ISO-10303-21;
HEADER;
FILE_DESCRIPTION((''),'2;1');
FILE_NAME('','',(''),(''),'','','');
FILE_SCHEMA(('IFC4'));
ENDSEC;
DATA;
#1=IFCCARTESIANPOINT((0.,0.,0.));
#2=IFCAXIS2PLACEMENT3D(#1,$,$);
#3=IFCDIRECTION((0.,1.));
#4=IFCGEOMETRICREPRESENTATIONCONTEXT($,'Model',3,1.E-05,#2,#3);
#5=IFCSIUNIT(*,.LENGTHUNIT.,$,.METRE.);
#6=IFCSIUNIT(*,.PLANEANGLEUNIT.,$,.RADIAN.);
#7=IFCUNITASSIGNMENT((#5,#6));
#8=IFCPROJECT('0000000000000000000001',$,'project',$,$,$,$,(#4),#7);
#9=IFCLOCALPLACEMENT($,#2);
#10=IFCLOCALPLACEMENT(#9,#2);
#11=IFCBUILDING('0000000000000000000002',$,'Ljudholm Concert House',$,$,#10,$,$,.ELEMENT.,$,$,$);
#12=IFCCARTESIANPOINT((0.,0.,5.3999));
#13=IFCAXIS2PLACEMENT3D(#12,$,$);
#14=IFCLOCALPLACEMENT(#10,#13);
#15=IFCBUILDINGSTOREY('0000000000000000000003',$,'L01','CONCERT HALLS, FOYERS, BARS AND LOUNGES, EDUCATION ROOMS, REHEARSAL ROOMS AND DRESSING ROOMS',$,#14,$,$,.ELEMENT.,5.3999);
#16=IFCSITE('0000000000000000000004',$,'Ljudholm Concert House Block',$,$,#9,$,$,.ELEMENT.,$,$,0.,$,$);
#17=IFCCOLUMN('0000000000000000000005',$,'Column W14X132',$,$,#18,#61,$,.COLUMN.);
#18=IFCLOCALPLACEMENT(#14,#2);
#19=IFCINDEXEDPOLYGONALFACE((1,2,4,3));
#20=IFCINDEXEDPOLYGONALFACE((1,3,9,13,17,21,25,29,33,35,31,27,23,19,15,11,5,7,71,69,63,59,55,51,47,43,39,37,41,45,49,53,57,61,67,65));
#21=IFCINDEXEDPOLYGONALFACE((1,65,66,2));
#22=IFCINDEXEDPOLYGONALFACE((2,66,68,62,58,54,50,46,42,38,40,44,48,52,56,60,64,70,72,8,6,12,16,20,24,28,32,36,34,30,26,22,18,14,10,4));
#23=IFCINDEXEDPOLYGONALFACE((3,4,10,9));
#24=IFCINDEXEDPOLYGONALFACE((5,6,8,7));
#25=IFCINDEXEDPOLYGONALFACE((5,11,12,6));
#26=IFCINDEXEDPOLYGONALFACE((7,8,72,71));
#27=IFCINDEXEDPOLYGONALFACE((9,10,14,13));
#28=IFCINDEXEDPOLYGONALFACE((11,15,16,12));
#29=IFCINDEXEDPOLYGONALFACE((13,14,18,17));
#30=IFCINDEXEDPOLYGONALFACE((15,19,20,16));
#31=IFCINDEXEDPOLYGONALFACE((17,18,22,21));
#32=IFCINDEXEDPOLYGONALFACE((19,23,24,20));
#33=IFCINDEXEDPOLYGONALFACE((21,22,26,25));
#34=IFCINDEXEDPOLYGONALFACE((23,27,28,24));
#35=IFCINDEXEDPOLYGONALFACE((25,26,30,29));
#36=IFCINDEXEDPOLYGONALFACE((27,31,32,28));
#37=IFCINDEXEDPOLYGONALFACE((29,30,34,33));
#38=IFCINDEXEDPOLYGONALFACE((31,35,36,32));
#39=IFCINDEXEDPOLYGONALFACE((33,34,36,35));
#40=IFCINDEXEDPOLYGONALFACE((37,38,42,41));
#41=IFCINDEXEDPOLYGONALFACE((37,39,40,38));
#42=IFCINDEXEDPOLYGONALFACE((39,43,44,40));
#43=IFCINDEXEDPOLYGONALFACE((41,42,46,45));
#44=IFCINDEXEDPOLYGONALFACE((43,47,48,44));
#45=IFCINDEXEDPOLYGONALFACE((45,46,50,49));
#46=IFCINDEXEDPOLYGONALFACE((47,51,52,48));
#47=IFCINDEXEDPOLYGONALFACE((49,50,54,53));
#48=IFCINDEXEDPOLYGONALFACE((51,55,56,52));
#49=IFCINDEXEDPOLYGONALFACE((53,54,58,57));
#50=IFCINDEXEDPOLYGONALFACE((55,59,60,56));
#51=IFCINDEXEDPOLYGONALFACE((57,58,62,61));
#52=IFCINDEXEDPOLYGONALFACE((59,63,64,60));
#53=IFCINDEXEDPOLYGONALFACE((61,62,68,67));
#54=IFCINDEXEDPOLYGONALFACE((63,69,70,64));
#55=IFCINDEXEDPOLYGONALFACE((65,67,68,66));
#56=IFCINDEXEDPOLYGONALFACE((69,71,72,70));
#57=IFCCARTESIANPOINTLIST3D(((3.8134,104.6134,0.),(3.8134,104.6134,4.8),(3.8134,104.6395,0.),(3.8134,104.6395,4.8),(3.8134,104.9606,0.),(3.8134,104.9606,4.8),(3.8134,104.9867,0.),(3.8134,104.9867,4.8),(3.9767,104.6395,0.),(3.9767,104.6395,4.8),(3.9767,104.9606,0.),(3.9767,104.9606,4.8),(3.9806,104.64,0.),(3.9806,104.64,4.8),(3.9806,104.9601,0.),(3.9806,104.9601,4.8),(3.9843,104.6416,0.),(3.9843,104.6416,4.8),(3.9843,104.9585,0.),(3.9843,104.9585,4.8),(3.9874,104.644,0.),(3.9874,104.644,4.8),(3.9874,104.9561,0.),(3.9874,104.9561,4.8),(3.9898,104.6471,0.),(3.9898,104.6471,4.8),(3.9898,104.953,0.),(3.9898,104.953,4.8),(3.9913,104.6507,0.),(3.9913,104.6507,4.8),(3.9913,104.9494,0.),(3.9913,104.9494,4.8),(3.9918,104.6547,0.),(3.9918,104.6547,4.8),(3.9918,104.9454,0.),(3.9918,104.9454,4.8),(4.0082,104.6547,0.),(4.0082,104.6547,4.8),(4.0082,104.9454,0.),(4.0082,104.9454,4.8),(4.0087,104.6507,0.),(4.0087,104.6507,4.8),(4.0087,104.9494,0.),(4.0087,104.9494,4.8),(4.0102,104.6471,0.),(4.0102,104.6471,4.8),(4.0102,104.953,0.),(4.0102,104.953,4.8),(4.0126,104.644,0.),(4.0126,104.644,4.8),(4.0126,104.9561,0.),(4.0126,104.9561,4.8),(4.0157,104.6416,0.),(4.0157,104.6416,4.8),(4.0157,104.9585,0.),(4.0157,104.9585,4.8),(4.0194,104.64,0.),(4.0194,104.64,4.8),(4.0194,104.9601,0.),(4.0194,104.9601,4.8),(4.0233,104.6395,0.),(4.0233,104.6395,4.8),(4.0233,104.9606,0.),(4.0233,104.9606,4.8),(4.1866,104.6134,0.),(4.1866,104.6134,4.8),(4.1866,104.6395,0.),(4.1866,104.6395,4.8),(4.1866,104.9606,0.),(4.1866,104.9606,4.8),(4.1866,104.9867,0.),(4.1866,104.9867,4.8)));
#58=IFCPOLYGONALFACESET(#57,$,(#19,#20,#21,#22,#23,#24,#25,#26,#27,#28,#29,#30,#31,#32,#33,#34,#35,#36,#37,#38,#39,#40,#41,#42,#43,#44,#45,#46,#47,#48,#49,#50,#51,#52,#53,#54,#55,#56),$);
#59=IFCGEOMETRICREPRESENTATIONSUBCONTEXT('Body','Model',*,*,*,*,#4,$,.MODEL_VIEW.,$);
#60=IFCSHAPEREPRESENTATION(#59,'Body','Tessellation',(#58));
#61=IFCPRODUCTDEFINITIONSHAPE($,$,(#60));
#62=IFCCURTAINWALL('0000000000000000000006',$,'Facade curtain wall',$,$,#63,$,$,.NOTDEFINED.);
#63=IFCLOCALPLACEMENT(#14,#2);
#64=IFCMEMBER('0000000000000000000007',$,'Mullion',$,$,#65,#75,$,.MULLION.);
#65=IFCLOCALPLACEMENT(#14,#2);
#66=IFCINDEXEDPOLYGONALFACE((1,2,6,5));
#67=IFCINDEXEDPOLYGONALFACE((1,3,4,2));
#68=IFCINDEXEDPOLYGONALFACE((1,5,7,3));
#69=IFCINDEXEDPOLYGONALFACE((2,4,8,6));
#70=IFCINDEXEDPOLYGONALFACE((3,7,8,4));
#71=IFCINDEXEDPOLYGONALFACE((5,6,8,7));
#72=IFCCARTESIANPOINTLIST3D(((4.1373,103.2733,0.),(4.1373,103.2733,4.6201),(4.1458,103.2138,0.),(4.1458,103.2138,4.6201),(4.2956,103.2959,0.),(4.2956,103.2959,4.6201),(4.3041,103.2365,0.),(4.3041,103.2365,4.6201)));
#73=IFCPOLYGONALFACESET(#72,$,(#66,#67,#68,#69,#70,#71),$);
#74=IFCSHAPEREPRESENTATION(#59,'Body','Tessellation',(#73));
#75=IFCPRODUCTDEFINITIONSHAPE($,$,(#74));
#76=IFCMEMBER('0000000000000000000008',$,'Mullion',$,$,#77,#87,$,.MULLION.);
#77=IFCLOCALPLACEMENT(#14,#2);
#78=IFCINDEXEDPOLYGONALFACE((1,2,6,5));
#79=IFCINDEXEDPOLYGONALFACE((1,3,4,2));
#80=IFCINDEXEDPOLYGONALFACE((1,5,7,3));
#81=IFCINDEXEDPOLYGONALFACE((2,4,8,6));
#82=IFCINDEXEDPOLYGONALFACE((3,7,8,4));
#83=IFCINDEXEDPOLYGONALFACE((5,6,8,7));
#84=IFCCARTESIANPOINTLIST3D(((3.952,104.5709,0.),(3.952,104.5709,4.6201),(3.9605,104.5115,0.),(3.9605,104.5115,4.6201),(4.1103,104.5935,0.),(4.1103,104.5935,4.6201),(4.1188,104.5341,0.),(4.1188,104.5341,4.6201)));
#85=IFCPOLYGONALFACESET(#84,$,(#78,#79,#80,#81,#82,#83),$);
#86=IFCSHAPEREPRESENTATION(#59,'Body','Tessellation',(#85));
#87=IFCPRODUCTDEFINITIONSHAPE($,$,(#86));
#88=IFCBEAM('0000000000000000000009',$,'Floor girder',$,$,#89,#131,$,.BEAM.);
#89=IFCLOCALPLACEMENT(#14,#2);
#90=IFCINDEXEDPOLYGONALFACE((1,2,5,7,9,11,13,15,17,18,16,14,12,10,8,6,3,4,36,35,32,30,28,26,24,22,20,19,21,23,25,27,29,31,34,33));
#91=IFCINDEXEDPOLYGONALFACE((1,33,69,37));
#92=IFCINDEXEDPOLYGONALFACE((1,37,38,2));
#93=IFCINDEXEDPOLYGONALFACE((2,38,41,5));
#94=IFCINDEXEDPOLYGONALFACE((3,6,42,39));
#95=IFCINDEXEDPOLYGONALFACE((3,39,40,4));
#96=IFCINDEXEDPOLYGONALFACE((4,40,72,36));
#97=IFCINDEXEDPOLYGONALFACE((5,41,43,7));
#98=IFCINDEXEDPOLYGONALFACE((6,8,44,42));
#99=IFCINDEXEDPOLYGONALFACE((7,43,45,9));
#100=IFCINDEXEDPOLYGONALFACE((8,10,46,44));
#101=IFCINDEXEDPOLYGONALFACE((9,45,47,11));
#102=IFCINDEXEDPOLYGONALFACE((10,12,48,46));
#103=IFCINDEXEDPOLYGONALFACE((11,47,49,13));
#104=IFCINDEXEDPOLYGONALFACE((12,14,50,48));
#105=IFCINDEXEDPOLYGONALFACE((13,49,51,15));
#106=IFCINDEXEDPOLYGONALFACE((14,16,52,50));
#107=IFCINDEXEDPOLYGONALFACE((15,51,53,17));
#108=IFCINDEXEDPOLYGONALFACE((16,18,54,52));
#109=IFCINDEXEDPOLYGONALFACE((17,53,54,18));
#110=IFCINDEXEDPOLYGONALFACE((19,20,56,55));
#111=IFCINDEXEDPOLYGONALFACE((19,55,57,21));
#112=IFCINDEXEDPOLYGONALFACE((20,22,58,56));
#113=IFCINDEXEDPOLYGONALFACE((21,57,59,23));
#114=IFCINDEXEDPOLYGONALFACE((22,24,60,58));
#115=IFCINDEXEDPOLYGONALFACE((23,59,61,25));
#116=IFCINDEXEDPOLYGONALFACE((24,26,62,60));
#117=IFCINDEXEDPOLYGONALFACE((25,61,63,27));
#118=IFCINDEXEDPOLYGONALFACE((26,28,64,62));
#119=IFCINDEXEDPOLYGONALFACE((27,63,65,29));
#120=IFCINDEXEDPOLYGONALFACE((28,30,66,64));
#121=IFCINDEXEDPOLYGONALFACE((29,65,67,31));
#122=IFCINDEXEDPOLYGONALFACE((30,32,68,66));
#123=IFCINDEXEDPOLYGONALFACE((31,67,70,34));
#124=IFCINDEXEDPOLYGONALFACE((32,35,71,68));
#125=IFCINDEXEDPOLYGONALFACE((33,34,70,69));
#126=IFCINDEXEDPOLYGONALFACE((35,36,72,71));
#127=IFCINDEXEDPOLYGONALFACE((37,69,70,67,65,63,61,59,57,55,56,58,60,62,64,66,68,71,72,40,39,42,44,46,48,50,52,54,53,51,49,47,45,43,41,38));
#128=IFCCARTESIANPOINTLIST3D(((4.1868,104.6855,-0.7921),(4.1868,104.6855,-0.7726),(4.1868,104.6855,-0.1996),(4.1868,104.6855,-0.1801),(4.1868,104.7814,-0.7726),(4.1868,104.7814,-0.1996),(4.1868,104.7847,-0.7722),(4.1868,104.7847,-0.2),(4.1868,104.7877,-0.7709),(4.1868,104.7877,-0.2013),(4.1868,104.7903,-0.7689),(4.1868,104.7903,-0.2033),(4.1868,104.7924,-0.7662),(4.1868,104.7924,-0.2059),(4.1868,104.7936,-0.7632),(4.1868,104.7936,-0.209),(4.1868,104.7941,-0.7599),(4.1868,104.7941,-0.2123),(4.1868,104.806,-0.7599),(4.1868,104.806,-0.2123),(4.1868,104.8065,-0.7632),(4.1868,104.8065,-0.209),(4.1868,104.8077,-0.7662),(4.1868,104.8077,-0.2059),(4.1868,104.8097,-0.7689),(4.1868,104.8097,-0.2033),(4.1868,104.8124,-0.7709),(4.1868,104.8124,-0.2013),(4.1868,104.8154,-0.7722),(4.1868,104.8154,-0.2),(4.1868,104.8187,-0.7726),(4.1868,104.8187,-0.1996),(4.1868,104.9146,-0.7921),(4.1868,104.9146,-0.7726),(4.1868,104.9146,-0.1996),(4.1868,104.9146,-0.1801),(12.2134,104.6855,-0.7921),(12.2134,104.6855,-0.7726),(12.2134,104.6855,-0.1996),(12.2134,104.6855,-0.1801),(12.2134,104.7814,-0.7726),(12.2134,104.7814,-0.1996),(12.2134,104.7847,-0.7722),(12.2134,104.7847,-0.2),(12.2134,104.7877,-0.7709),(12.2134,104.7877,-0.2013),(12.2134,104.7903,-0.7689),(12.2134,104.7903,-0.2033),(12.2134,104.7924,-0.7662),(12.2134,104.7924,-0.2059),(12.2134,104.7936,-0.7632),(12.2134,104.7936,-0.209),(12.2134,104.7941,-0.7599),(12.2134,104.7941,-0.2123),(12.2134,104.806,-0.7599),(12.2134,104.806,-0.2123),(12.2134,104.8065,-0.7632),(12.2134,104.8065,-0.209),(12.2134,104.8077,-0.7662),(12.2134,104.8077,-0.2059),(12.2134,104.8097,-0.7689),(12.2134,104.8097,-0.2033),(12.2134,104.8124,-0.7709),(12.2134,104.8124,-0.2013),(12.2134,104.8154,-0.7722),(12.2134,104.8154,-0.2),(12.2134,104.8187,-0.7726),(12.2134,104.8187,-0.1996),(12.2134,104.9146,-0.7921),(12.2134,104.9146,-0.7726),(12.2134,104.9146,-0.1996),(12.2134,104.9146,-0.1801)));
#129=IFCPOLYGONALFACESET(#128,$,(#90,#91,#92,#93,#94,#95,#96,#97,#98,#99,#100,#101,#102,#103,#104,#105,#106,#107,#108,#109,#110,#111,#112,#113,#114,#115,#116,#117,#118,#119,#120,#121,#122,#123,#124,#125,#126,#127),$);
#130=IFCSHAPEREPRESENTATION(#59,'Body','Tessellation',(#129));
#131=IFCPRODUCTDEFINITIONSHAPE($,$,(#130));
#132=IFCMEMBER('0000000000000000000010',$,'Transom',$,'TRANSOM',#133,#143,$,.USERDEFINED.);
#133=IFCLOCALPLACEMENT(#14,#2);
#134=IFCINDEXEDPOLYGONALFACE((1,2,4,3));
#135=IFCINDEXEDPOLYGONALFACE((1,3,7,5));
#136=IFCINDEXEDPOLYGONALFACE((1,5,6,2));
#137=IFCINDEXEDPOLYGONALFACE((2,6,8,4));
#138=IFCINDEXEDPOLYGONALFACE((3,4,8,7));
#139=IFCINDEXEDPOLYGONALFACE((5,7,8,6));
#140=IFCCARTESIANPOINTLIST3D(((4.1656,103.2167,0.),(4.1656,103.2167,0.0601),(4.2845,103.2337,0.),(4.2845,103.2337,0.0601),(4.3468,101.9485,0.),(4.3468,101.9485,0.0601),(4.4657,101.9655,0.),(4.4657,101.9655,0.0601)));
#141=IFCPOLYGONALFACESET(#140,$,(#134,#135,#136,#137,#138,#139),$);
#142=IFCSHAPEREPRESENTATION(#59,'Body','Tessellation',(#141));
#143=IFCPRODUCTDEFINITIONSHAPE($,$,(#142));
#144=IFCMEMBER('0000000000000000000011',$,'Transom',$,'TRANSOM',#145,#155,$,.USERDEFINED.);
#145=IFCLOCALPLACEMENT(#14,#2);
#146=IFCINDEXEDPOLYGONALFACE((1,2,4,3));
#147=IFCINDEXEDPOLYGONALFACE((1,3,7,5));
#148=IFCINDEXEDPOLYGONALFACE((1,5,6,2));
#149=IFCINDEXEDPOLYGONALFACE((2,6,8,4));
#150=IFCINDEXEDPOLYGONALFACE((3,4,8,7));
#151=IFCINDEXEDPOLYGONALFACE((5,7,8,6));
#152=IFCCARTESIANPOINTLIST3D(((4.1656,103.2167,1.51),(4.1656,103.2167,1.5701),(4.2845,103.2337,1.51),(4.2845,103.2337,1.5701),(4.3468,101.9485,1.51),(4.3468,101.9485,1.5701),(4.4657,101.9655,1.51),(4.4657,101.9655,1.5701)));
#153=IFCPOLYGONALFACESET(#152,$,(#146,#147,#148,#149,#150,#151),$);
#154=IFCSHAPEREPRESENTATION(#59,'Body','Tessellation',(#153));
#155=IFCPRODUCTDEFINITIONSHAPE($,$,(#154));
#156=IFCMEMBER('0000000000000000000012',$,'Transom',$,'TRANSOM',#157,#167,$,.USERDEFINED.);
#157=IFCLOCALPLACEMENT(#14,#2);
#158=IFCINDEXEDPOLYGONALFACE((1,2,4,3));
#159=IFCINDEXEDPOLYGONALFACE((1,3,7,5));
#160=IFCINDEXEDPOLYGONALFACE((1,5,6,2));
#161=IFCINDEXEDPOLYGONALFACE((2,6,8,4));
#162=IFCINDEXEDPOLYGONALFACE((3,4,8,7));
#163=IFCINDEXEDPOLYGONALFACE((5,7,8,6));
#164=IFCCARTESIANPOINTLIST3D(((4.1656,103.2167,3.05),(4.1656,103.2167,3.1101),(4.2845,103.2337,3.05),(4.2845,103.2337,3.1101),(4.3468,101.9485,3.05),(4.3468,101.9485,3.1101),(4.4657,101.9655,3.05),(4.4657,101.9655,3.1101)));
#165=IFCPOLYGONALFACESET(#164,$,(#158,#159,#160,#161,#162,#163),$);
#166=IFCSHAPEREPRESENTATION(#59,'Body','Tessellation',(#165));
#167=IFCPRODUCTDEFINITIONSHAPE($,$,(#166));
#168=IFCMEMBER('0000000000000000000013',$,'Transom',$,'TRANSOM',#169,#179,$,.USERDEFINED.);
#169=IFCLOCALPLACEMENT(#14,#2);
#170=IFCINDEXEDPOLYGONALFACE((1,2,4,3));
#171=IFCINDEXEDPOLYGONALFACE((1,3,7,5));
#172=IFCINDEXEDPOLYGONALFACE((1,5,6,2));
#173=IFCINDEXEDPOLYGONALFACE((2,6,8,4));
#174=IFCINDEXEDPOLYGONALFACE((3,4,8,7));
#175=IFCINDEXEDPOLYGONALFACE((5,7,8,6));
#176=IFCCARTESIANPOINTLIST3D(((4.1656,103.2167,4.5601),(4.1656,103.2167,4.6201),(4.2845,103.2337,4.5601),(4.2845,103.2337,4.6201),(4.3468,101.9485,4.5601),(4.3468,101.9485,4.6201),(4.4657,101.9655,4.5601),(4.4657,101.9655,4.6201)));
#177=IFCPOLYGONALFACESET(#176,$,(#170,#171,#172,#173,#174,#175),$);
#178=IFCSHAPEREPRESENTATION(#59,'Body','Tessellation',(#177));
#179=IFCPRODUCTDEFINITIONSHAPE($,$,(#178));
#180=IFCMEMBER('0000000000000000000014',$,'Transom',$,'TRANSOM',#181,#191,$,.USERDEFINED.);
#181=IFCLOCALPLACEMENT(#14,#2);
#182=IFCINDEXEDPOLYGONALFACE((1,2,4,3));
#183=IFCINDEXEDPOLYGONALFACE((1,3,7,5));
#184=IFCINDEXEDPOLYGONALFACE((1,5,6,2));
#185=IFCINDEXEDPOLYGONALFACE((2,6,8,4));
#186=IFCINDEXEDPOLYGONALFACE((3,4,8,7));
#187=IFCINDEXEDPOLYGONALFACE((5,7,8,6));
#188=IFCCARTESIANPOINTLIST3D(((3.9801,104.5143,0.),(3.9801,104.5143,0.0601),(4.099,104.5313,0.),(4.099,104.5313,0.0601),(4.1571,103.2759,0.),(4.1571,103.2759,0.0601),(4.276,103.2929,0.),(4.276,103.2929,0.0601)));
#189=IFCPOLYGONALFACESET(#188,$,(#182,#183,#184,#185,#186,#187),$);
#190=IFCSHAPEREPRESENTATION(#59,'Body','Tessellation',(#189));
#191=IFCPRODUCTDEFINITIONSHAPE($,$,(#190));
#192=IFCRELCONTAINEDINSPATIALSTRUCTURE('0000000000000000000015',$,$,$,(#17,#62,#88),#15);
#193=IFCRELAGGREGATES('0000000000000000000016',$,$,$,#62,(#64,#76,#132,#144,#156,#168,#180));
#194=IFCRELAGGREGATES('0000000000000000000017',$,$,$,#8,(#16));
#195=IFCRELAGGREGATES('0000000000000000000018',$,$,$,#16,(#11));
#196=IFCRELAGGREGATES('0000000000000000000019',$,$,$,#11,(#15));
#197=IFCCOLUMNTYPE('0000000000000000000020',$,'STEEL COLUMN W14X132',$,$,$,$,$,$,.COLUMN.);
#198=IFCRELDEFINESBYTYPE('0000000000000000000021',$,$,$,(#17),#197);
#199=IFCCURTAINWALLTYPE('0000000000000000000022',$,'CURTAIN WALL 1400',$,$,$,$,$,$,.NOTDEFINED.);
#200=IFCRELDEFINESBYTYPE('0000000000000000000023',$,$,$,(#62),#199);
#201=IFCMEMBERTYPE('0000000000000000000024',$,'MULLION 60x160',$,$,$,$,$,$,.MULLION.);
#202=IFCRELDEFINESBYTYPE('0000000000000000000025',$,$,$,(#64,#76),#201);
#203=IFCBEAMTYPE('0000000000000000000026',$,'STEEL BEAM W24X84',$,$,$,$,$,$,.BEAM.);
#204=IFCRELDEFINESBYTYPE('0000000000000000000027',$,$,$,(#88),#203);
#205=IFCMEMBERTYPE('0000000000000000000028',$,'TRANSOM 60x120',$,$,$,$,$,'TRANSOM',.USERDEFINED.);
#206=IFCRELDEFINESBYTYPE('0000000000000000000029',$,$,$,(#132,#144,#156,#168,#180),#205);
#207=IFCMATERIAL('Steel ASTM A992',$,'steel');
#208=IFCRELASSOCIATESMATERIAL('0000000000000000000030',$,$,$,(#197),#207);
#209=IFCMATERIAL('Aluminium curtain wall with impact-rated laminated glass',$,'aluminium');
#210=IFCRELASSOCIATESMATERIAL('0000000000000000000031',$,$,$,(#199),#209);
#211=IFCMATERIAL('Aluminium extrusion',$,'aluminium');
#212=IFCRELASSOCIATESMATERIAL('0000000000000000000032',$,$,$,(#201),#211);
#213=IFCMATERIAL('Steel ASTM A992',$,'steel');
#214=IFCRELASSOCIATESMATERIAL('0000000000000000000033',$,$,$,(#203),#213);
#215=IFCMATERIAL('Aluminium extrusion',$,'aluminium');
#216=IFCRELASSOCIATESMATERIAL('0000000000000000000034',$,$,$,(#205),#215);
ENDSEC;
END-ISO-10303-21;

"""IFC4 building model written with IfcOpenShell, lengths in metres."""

from ifc_helpers import new_model, si_unit, direction, frame, origin, origin_2d, place, context, subcontext, project, spatial, rectangle, i_section, extrude, material, material_profile, profile_set, type_object, element, aggregate, save


model = new_model("IFC4")

# Units and contexts
model_context = context("Model", 3, precision=1e-05, world=origin(), true_north=direction((0.0, 1.0)))
body_context = subcontext(model_context, "Body", "Model", "MODEL_VIEW")
ifc_project = project(units=[si_unit("LENGTHUNIT", "METRE"), si_unit("PLANEANGLEUNIT", "RADIAN")], contexts=[model_context])

# Site, building, storey
site_placement = place(None, origin())
site = spatial("IfcSite", under=ifc_project, at=site_placement, Name="Ljudholm Concert House Block", CompositionType="ELEMENT", RefElevation=0.0)
building_placement = place(site_placement, origin())
building = spatial("IfcBuilding", under=site, at=building_placement, Name="Ljudholm Concert House", CompositionType="ELEMENT")
storey_placement = place(building_placement, frame((0.0, 0.0, 5.3999)))
storey = spatial("IfcBuildingStorey", under=building, at=storey_placement, Name="L01", Description="CONCERT HALLS, FOYERS, BARS AND LOUNGES, EDUCATION ROOMS, REHEARSAL ROOMS AND DRESSING ROOMS", CompositionType="ELEMENT", Elevation=5.3999)

# Column
ifc_material_1 = material(Name="Steel ASTM A992", Category="steel")
ifc_material_profile_1 = material_profile(ifc_material_1, i_section(OverallWidth=0.3733, OverallDepth=0.3733, WebThickness=0.0164, FlangeThickness=0.0261, FilletRadius=0.0151, at=origin_2d()), Name="W14X132")
ifc_profile_set_1 = profile_set([ifc_material_profile_1], Name="Steel ASTM A992")
column_type = type_object("IfcColumnType", Name="STEEL COLUMN W14X132", PredefinedType="COLUMN", material=ifc_profile_set_1)
column_placement = place(storey_placement, frame((4.0, 104.8, 0.0), z_axis=(0.0, 0.0, 1.0), x_axis=(1.0, 0.0, 0.0)))
element("IfcColumn", 1, at=column_placement, inside=storey, type_object=column_type, Name="Column W14X132", PredefinedType="COLUMN", context=body_context, shape_type="SweptSolid", body=[
    extrude(i_section(OverallWidth=0.3733, OverallDepth=0.3733, WebThickness=0.0164, FlangeThickness=0.0261, FilletRadius=0.0151, at=origin_2d()), origin(), (0.0, 0.0, 1.0), 4.8),
])

# Curtain wall, members
ifc_material_2 = material(Name="Aluminium curtain wall with impact-rated laminated glass", Category="aluminium")
curtain_wall_type = type_object("IfcCurtainWallType", Name="CURTAIN WALL 1400", PredefinedType="NOTDEFINED", material=ifc_material_2)
curtain_wall_placement = place(storey_placement, origin())
curtain_wall = element("IfcCurtainWall", 2, at=curtain_wall_placement, inside=storey, type_object=curtain_wall_type, Name="Facade curtain wall", PredefinedType="NOTDEFINED")
ifc_material_3 = material(Name="Aluminium extrusion", Category="aluminium")
ifc_material_profile_2 = material_profile(ifc_material_3, rectangle(XDim=0.1599, YDim=0.0601, at=origin_2d()), Name="MULLION 60x160")
ifc_profile_set_2 = profile_set([ifc_material_profile_2], Name="Aluminium extrusion")
member_type_1 = type_object("IfcMemberType", Name="MULLION 60x160", PredefinedType="MULLION", material=ifc_profile_set_2)
member_1_placement = place(storey_placement, frame((4.2207, 103.2549, 0.0), z_axis=(0.0, 0.0, 1.0), x_axis=(-0.989949, -0.141421, 0.0)))
member_1 = element("IfcMember", 3, at=member_1_placement, type_object=member_type_1, Name="Mullion", PredefinedType="MULLION", context=body_context, shape_type="SweptSolid", body=[
    extrude(rectangle(XDim=0.1599, YDim=0.0601, at=origin_2d()), origin(), (0.0, 0.0, 1.0), 4.6201),
])
member_2_placement = place(storey_placement, frame((4.0354, 104.5525, 0.0), z_axis=(0.0, 0.0, 1.0), x_axis=(-0.989949, -0.141421, 0.0)))
member_2 = element("IfcMember", 4, at=member_2_placement, type_object=member_type_1, Name="Mullion", PredefinedType="MULLION", context=body_context, shape_type="SweptSolid", body=[
    extrude(rectangle(XDim=0.1599, YDim=0.0601, at=origin_2d()), origin(), (0.0, 0.0, 1.0), 4.6201),
])

# Beam
ifc_material_4 = material(Name="Steel ASTM A992", Category="steel")
ifc_material_profile_3 = material_profile(ifc_material_4, i_section(OverallWidth=0.229, OverallDepth=0.6121, WebThickness=0.012, FlangeThickness=0.0195, FilletRadius=0.0127, at=origin_2d()), Name="W24X84")
ifc_profile_set_3 = profile_set([ifc_material_profile_3], Name="Steel ASTM A992")
beam_type = type_object("IfcBeamType", Name="STEEL BEAM W24X84", PredefinedType="BEAM", material=ifc_profile_set_3)
beam_placement = place(storey_placement, frame((4.1868, 104.8, -0.4861), z_axis=(1.0, 0.0, 0.0), x_axis=(0.0, 1.0, 0.0)))
element("IfcBeam", 5, at=beam_placement, inside=storey, type_object=beam_type, Name="Floor girder", PredefinedType="BEAM", context=body_context, shape_type="SweptSolid", body=[
    extrude(i_section(OverallWidth=0.229, OverallDepth=0.6121, WebThickness=0.012, FlangeThickness=0.0195, FilletRadius=0.0127, at=origin_2d()), origin(), (0.0, 0.0, 1.0), 8.0266),
])

# Members
ifc_material_5 = material(Name="Aluminium extrusion", Category="aluminium")
ifc_material_profile_4 = material_profile(ifc_material_5, rectangle(XDim=0.1201, YDim=0.0601, at=origin_2d()), Name="TRANSOM 60x120")
ifc_profile_set_4 = profile_set([ifc_material_profile_4], Name="Aluminium extrusion")
member_type_2 = type_object("IfcMemberType", Name="TRANSOM 60x120", ElementType="TRANSOM", PredefinedType="USERDEFINED", material=ifc_profile_set_4)
member_3_placement = place(storey_placement, frame((4.4062, 101.957, 0.03), z_axis=(-0.141421, 0.989949, 0.0), x_axis=(-0.989949, -0.141421, 0.0)))
member_3 = element("IfcMember", 6, at=member_3_placement, type_object=member_type_2, Name="Transom", ObjectType="TRANSOM", PredefinedType="USERDEFINED", context=body_context, shape_type="SweptSolid", body=[
    extrude(rectangle(XDim=0.1201, YDim=0.0601, at=origin_2d()), origin(), (0.0, 0.0, 1.0), 1.281),
])
member_4_placement = place(storey_placement, frame((4.4062, 101.957, 1.54), z_axis=(-0.141421, 0.989949, 0.0), x_axis=(-0.989949, -0.141421, 0.0)))
member_4 = element("IfcMember", 7, at=member_4_placement, type_object=member_type_2, Name="Transom", ObjectType="TRANSOM", PredefinedType="USERDEFINED", context=body_context, shape_type="SweptSolid", body=[
    extrude(rectangle(XDim=0.1201, YDim=0.0601, at=origin_2d()), origin(), (0.0, 0.0, 1.0), 1.281),
])
member_5_placement = place(storey_placement, frame((4.4062, 101.957, 3.0801), z_axis=(-0.141421, 0.989949, 0.0), x_axis=(-0.989949, -0.141421, 0.0)))
member_5 = element("IfcMember", 8, at=member_5_placement, type_object=member_type_2, Name="Transom", ObjectType="TRANSOM", PredefinedType="USERDEFINED", context=body_context, shape_type="SweptSolid", body=[
    extrude(rectangle(XDim=0.1201, YDim=0.0601, at=origin_2d()), origin(), (0.0, 0.0, 1.0), 1.281),
])
member_6_placement = place(storey_placement, frame((4.4062, 101.957, 4.5901), z_axis=(-0.141421, 0.989949, 0.0), x_axis=(-0.989949, -0.141421, 0.0)))
member_6 = element("IfcMember", 9, at=member_6_placement, type_object=member_type_2, Name="Transom", ObjectType="TRANSOM", PredefinedType="USERDEFINED", context=body_context, shape_type="SweptSolid", body=[
    extrude(rectangle(XDim=0.1201, YDim=0.0601, at=origin_2d()), origin(), (0.0, 0.0, 1.0), 1.281),
])
member_7_placement = place(storey_placement, frame((4.2166, 103.2844, 0.03), z_axis=(-0.141503, 0.989938, 0.0), x_axis=(-0.989938, -0.141503, 0.0)))
member_7 = element("IfcMember", 10, at=member_7_placement, type_object=member_type_2, Name="Transom", ObjectType="TRANSOM", PredefinedType="USERDEFINED", context=body_context, shape_type="SweptSolid", body=[
    extrude(rectangle(XDim=0.1201, YDim=0.0601, at=origin_2d()), origin(), (0.0, 0.0, 1.0), 1.251),
])

aggregate(curtain_wall, [member_1, member_2, member_3, member_4, member_5, member_6, member_7])

save(model, "model.ifc")
